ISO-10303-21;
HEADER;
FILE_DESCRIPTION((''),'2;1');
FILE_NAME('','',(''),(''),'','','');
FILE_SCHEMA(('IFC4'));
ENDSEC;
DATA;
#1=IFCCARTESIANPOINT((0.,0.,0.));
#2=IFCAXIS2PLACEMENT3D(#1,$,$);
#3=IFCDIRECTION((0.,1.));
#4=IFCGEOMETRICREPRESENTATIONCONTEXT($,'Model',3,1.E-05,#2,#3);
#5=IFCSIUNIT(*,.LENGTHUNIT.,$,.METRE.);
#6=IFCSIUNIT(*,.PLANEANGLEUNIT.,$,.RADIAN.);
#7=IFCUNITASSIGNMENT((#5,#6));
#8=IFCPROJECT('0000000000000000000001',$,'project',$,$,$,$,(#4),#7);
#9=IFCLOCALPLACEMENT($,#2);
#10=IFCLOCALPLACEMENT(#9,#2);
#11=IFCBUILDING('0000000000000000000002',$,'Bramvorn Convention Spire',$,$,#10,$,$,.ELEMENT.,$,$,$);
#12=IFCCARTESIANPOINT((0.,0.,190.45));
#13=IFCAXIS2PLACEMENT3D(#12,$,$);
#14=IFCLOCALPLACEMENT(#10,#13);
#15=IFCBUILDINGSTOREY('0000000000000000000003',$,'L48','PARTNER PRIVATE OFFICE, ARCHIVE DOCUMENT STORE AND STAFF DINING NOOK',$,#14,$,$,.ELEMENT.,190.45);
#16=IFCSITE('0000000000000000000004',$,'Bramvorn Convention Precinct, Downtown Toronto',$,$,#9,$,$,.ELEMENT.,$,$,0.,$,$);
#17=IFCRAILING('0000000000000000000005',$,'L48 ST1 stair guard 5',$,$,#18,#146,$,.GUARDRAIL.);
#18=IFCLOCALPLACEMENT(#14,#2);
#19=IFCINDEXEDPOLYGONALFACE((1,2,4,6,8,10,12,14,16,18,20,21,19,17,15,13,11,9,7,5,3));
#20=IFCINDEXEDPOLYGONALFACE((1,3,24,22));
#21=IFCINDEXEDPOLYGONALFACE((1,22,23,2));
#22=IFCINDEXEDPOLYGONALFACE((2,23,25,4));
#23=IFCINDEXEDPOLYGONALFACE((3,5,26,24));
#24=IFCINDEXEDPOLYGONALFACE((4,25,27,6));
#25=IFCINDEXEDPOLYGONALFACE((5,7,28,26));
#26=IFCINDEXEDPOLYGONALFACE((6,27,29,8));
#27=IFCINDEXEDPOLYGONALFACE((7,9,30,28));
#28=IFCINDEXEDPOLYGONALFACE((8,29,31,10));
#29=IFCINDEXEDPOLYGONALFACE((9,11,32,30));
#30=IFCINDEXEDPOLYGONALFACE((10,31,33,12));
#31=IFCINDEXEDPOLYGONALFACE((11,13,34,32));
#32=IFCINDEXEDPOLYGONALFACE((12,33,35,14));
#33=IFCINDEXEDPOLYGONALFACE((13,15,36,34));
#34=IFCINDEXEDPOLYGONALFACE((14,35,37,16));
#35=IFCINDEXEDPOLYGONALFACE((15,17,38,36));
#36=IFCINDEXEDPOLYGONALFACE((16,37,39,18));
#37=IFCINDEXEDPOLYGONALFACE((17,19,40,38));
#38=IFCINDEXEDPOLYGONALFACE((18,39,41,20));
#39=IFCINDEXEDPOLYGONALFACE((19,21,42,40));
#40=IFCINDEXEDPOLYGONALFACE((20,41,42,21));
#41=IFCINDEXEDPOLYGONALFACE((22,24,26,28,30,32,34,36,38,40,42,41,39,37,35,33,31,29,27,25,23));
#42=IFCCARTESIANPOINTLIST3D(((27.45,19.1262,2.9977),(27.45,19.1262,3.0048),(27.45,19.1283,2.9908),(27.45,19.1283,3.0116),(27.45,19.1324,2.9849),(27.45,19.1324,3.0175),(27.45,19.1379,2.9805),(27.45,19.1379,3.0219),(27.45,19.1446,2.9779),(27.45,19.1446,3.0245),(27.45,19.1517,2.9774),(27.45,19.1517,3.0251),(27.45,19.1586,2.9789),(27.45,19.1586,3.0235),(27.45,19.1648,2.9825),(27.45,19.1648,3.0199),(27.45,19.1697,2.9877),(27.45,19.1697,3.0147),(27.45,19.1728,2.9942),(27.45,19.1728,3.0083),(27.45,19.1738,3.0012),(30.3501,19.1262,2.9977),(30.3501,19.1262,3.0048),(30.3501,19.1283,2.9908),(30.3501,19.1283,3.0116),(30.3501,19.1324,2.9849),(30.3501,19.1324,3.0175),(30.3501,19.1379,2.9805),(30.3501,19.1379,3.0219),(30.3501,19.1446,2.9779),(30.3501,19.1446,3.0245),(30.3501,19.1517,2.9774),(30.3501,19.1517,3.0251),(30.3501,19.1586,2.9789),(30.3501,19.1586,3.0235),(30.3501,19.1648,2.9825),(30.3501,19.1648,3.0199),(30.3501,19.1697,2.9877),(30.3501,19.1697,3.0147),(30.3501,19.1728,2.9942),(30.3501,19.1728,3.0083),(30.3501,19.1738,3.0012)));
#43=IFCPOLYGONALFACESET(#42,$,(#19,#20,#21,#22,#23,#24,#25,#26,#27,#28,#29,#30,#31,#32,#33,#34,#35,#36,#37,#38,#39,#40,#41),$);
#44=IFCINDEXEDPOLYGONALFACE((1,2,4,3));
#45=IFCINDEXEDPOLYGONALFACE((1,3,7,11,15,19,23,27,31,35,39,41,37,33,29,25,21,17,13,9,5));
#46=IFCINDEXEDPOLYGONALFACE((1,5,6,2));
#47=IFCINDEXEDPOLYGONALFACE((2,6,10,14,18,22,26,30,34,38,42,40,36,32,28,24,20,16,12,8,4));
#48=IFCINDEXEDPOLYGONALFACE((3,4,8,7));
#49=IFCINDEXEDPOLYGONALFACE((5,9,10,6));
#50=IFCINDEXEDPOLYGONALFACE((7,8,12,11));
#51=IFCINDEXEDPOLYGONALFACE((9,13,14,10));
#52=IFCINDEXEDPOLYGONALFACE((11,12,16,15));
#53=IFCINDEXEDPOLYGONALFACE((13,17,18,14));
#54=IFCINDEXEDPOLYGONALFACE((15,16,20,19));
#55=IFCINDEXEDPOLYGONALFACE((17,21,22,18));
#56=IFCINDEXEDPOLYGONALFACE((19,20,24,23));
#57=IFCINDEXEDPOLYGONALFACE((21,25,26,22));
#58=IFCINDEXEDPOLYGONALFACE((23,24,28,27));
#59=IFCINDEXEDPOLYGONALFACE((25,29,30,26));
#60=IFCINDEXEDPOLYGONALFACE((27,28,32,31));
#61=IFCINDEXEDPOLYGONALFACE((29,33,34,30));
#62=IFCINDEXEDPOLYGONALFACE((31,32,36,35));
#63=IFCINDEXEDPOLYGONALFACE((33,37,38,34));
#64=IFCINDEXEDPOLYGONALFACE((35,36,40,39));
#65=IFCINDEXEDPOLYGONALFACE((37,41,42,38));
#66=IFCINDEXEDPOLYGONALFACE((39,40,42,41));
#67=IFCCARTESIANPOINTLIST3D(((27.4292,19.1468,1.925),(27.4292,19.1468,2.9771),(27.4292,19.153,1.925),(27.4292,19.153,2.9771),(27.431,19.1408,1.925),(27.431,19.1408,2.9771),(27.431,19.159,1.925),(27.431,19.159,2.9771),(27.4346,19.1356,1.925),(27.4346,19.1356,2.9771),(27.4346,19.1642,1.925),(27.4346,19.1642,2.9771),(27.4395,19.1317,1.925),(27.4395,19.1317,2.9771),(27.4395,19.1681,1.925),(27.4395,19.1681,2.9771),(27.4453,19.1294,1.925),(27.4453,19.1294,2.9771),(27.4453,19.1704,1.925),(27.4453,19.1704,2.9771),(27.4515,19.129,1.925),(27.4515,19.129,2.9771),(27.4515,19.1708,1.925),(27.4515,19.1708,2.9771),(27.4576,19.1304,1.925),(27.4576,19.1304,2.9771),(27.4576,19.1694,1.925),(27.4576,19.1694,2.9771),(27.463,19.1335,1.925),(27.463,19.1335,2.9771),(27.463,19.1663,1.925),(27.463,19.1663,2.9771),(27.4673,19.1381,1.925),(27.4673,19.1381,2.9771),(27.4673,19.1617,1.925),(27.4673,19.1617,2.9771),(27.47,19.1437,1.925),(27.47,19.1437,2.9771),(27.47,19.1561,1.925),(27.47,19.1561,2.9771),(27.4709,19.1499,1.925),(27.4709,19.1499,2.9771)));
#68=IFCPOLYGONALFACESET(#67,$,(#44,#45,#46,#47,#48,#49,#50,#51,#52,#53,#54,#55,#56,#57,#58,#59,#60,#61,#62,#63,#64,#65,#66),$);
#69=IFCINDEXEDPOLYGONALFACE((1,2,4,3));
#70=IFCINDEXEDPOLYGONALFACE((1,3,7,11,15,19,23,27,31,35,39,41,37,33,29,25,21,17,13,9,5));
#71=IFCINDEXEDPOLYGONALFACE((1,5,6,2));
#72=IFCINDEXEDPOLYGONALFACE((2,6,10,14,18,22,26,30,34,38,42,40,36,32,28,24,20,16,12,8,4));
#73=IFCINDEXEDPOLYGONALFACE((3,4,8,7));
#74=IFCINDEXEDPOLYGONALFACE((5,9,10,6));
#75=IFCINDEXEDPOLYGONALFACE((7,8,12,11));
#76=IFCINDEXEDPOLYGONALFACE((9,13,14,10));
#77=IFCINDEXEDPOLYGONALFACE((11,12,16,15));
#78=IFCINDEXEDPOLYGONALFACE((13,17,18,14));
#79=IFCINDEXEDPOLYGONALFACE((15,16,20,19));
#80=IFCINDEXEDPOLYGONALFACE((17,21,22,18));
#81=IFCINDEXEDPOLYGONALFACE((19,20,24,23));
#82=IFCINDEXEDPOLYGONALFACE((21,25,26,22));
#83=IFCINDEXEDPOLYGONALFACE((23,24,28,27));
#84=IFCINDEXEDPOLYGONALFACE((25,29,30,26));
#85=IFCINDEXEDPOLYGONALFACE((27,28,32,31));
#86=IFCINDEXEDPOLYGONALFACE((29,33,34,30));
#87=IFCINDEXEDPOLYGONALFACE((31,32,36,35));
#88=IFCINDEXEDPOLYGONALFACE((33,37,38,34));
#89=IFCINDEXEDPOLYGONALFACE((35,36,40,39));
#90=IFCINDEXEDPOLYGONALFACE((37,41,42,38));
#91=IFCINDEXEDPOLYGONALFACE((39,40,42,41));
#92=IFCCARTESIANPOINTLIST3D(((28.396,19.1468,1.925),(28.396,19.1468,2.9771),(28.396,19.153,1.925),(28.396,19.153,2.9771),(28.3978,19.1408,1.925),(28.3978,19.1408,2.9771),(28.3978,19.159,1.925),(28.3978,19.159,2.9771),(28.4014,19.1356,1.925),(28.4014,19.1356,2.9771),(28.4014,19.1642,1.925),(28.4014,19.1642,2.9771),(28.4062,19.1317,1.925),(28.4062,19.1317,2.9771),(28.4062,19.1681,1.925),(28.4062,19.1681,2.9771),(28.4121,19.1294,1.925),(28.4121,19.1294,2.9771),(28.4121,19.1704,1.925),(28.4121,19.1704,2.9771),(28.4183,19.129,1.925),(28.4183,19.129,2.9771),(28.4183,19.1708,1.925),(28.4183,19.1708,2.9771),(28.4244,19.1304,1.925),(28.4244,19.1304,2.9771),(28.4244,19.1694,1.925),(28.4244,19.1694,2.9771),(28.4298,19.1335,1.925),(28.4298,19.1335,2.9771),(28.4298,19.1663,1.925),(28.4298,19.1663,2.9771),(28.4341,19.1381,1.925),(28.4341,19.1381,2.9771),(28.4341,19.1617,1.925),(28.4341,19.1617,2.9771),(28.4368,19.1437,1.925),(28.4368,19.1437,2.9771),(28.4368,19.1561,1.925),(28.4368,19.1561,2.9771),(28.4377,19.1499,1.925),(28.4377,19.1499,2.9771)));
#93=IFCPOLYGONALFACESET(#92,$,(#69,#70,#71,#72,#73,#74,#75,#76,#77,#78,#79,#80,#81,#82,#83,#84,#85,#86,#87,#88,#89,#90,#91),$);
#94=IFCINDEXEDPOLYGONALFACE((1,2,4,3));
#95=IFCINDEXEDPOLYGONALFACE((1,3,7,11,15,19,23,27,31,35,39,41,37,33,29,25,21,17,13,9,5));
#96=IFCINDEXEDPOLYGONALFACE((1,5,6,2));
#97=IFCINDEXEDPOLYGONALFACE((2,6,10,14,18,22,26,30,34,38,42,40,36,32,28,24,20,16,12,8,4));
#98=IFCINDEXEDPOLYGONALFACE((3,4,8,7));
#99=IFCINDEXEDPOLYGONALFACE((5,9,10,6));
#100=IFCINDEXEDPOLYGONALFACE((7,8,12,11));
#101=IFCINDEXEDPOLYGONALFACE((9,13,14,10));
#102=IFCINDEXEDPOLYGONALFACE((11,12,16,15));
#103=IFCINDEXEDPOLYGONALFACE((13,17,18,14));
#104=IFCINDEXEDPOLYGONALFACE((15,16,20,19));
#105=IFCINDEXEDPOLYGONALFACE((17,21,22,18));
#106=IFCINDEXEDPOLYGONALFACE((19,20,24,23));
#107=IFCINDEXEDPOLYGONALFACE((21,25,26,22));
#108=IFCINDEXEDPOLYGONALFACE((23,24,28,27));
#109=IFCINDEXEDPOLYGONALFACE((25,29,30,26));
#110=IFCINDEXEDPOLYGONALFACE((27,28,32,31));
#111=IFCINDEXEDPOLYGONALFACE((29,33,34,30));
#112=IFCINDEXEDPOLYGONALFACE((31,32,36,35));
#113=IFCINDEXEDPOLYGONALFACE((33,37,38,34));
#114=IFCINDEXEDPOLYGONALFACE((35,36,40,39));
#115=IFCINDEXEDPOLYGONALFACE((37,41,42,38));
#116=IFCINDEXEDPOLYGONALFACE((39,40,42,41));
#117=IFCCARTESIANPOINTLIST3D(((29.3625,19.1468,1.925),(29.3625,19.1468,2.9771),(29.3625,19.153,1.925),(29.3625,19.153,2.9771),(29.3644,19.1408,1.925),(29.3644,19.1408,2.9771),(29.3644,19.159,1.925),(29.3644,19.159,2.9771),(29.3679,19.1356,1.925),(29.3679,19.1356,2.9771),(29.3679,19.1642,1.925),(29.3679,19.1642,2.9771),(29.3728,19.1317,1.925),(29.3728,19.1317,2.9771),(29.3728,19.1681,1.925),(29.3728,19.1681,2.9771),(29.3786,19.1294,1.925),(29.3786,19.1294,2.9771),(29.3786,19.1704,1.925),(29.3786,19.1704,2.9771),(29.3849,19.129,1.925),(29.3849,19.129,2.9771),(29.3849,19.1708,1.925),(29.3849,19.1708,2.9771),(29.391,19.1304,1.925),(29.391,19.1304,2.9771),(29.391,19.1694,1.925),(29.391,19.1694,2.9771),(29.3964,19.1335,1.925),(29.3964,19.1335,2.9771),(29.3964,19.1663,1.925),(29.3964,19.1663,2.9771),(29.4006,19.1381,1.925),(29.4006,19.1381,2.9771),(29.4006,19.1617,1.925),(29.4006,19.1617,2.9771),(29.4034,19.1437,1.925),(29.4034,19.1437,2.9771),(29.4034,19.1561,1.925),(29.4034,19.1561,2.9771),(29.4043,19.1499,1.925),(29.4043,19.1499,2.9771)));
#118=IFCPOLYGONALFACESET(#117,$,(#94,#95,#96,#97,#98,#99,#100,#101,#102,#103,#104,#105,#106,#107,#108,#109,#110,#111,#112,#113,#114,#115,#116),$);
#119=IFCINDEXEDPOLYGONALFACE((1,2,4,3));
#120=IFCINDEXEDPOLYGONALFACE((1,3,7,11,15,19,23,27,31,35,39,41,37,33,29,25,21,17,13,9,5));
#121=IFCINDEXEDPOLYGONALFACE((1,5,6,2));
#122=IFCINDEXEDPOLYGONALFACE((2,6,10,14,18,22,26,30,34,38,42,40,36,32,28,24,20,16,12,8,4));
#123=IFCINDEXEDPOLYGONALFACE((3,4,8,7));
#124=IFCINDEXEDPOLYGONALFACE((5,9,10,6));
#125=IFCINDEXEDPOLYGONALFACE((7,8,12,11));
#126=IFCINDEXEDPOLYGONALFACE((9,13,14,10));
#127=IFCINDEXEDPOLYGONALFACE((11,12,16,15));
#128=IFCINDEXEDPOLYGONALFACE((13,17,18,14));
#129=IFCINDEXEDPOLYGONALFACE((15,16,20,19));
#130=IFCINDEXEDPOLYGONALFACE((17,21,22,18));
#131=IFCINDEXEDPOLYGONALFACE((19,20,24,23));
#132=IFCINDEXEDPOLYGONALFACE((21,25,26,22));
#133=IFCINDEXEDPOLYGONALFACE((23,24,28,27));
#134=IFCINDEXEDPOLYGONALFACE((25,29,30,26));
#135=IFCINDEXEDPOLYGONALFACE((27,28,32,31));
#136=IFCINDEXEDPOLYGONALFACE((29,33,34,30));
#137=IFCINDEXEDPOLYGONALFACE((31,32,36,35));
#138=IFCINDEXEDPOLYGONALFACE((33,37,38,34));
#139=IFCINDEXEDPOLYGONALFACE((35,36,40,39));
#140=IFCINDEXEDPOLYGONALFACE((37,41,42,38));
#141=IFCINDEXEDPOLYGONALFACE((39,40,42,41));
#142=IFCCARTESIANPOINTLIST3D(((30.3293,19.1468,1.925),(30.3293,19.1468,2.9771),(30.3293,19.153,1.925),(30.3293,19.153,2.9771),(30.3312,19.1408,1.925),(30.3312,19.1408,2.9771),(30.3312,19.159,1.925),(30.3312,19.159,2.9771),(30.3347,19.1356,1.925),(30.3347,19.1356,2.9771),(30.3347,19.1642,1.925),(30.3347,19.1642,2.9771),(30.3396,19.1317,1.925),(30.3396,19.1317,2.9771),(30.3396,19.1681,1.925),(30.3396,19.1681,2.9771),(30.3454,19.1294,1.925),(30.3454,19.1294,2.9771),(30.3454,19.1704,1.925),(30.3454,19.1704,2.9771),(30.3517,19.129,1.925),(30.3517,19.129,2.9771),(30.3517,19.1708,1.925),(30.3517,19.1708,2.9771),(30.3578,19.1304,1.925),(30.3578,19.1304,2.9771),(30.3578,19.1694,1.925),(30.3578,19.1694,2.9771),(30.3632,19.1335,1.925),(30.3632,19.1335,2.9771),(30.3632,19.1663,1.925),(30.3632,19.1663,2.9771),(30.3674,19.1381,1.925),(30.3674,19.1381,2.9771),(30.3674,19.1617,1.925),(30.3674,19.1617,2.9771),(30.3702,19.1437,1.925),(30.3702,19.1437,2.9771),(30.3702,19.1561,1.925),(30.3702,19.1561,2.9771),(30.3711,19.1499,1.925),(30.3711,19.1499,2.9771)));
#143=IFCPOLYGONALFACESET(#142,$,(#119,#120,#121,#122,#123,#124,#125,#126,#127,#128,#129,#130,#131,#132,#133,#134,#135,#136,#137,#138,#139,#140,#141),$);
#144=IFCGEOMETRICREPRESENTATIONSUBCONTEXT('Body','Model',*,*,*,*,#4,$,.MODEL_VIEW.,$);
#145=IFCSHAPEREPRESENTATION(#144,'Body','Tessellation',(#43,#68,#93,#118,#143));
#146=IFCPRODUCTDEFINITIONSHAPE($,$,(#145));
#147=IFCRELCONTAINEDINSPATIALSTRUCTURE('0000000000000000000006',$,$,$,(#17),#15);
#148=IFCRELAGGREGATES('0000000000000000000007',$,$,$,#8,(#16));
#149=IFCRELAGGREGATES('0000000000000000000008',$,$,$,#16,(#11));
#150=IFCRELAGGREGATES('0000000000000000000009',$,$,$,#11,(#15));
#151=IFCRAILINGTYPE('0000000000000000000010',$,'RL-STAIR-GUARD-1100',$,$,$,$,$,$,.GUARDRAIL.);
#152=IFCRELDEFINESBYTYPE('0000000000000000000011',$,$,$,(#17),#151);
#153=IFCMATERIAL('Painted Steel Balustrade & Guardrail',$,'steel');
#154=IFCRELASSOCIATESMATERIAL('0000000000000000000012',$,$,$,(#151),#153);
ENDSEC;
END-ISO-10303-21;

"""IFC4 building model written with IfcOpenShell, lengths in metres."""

from ifc_helpers import new_model, si_unit, direction, frame, origin, origin_2d, place, context, subcontext, project, spatial, circle, extrude, material, type_object, element, save


model = new_model("IFC4")

# Units and contexts
model_context = context("Model", 3, precision=1e-05, world=origin(), true_north=direction((0.0, 1.0)))
body_context = subcontext(model_context, "Body", "Model", "MODEL_VIEW")
ifc_project = project(units=[si_unit("LENGTHUNIT", "METRE"), si_unit("PLANEANGLEUNIT", "RADIAN")], contexts=[model_context])

# Site, building, storey
site_placement = place(None, origin())
site = spatial("IfcSite", under=ifc_project, at=site_placement, Name="Bramvorn Convention Precinct, Downtown Toronto", CompositionType="ELEMENT", RefElevation=0.0)
building_placement = place(site_placement, origin())
building = spatial("IfcBuilding", under=site, at=building_placement, Name="Bramvorn Convention Spire", CompositionType="ELEMENT")
storey_placement = place(building_placement, frame((0.0, 0.0, 190.45)))
storey = spatial("IfcBuildingStorey", under=building, at=storey_placement, Name="L48", Description="PARTNER PRIVATE OFFICE, ARCHIVE DOCUMENT STORE AND STAFF DINING NOOK", CompositionType="ELEMENT", Elevation=190.45)

# Railing
ifc_material_1 = material(Name="Painted Steel Balustrade & Guardrail", Category="steel")
railing_type_1 = type_object("IfcRailingType", Name="RL-STAIR-GUARD-1100", PredefinedType="GUARDRAIL", material=ifc_material_1)
railing_1_placement = place(storey_placement, frame((27.45, 19.1499, 1.925)))
element("IfcRailing", 1, at=railing_1_placement, inside=storey, type_object=railing_type_1, Name="L48 ST1 stair guard 5", PredefinedType="GUARDRAIL", context=body_context, shape_type="SweptSolid", body=[
    extrude(circle(Radius=0.0239, at=origin_2d()), frame((0.0, 0.0, 1.0762), z_axis=(1.0, 0.0, 0.0), x_axis=(0.0, 1.0, 0.0)), (0.0, 0.0, 1.0), 2.9001),
    extrude(circle(Radius=0.021, at=origin_2d()), origin(), (0.0, 0.0, 1.0), 1.052),
    extrude(circle(Radius=0.021, at=origin_2d()), frame((0.9668, 0.0, 0.0)), (0.0, 0.0, 1.0), 1.052),
    extrude(circle(Radius=0.021, at=origin_2d()), frame((1.9333, 0.0, 0.0)), (0.0, 0.0, 1.0), 1.052),
    extrude(circle(Radius=0.021, at=origin_2d()), frame((2.9001, 0.0, 0.0)), (0.0, 0.0, 1.0), 1.052),
])

save(model, "model.ifc")
